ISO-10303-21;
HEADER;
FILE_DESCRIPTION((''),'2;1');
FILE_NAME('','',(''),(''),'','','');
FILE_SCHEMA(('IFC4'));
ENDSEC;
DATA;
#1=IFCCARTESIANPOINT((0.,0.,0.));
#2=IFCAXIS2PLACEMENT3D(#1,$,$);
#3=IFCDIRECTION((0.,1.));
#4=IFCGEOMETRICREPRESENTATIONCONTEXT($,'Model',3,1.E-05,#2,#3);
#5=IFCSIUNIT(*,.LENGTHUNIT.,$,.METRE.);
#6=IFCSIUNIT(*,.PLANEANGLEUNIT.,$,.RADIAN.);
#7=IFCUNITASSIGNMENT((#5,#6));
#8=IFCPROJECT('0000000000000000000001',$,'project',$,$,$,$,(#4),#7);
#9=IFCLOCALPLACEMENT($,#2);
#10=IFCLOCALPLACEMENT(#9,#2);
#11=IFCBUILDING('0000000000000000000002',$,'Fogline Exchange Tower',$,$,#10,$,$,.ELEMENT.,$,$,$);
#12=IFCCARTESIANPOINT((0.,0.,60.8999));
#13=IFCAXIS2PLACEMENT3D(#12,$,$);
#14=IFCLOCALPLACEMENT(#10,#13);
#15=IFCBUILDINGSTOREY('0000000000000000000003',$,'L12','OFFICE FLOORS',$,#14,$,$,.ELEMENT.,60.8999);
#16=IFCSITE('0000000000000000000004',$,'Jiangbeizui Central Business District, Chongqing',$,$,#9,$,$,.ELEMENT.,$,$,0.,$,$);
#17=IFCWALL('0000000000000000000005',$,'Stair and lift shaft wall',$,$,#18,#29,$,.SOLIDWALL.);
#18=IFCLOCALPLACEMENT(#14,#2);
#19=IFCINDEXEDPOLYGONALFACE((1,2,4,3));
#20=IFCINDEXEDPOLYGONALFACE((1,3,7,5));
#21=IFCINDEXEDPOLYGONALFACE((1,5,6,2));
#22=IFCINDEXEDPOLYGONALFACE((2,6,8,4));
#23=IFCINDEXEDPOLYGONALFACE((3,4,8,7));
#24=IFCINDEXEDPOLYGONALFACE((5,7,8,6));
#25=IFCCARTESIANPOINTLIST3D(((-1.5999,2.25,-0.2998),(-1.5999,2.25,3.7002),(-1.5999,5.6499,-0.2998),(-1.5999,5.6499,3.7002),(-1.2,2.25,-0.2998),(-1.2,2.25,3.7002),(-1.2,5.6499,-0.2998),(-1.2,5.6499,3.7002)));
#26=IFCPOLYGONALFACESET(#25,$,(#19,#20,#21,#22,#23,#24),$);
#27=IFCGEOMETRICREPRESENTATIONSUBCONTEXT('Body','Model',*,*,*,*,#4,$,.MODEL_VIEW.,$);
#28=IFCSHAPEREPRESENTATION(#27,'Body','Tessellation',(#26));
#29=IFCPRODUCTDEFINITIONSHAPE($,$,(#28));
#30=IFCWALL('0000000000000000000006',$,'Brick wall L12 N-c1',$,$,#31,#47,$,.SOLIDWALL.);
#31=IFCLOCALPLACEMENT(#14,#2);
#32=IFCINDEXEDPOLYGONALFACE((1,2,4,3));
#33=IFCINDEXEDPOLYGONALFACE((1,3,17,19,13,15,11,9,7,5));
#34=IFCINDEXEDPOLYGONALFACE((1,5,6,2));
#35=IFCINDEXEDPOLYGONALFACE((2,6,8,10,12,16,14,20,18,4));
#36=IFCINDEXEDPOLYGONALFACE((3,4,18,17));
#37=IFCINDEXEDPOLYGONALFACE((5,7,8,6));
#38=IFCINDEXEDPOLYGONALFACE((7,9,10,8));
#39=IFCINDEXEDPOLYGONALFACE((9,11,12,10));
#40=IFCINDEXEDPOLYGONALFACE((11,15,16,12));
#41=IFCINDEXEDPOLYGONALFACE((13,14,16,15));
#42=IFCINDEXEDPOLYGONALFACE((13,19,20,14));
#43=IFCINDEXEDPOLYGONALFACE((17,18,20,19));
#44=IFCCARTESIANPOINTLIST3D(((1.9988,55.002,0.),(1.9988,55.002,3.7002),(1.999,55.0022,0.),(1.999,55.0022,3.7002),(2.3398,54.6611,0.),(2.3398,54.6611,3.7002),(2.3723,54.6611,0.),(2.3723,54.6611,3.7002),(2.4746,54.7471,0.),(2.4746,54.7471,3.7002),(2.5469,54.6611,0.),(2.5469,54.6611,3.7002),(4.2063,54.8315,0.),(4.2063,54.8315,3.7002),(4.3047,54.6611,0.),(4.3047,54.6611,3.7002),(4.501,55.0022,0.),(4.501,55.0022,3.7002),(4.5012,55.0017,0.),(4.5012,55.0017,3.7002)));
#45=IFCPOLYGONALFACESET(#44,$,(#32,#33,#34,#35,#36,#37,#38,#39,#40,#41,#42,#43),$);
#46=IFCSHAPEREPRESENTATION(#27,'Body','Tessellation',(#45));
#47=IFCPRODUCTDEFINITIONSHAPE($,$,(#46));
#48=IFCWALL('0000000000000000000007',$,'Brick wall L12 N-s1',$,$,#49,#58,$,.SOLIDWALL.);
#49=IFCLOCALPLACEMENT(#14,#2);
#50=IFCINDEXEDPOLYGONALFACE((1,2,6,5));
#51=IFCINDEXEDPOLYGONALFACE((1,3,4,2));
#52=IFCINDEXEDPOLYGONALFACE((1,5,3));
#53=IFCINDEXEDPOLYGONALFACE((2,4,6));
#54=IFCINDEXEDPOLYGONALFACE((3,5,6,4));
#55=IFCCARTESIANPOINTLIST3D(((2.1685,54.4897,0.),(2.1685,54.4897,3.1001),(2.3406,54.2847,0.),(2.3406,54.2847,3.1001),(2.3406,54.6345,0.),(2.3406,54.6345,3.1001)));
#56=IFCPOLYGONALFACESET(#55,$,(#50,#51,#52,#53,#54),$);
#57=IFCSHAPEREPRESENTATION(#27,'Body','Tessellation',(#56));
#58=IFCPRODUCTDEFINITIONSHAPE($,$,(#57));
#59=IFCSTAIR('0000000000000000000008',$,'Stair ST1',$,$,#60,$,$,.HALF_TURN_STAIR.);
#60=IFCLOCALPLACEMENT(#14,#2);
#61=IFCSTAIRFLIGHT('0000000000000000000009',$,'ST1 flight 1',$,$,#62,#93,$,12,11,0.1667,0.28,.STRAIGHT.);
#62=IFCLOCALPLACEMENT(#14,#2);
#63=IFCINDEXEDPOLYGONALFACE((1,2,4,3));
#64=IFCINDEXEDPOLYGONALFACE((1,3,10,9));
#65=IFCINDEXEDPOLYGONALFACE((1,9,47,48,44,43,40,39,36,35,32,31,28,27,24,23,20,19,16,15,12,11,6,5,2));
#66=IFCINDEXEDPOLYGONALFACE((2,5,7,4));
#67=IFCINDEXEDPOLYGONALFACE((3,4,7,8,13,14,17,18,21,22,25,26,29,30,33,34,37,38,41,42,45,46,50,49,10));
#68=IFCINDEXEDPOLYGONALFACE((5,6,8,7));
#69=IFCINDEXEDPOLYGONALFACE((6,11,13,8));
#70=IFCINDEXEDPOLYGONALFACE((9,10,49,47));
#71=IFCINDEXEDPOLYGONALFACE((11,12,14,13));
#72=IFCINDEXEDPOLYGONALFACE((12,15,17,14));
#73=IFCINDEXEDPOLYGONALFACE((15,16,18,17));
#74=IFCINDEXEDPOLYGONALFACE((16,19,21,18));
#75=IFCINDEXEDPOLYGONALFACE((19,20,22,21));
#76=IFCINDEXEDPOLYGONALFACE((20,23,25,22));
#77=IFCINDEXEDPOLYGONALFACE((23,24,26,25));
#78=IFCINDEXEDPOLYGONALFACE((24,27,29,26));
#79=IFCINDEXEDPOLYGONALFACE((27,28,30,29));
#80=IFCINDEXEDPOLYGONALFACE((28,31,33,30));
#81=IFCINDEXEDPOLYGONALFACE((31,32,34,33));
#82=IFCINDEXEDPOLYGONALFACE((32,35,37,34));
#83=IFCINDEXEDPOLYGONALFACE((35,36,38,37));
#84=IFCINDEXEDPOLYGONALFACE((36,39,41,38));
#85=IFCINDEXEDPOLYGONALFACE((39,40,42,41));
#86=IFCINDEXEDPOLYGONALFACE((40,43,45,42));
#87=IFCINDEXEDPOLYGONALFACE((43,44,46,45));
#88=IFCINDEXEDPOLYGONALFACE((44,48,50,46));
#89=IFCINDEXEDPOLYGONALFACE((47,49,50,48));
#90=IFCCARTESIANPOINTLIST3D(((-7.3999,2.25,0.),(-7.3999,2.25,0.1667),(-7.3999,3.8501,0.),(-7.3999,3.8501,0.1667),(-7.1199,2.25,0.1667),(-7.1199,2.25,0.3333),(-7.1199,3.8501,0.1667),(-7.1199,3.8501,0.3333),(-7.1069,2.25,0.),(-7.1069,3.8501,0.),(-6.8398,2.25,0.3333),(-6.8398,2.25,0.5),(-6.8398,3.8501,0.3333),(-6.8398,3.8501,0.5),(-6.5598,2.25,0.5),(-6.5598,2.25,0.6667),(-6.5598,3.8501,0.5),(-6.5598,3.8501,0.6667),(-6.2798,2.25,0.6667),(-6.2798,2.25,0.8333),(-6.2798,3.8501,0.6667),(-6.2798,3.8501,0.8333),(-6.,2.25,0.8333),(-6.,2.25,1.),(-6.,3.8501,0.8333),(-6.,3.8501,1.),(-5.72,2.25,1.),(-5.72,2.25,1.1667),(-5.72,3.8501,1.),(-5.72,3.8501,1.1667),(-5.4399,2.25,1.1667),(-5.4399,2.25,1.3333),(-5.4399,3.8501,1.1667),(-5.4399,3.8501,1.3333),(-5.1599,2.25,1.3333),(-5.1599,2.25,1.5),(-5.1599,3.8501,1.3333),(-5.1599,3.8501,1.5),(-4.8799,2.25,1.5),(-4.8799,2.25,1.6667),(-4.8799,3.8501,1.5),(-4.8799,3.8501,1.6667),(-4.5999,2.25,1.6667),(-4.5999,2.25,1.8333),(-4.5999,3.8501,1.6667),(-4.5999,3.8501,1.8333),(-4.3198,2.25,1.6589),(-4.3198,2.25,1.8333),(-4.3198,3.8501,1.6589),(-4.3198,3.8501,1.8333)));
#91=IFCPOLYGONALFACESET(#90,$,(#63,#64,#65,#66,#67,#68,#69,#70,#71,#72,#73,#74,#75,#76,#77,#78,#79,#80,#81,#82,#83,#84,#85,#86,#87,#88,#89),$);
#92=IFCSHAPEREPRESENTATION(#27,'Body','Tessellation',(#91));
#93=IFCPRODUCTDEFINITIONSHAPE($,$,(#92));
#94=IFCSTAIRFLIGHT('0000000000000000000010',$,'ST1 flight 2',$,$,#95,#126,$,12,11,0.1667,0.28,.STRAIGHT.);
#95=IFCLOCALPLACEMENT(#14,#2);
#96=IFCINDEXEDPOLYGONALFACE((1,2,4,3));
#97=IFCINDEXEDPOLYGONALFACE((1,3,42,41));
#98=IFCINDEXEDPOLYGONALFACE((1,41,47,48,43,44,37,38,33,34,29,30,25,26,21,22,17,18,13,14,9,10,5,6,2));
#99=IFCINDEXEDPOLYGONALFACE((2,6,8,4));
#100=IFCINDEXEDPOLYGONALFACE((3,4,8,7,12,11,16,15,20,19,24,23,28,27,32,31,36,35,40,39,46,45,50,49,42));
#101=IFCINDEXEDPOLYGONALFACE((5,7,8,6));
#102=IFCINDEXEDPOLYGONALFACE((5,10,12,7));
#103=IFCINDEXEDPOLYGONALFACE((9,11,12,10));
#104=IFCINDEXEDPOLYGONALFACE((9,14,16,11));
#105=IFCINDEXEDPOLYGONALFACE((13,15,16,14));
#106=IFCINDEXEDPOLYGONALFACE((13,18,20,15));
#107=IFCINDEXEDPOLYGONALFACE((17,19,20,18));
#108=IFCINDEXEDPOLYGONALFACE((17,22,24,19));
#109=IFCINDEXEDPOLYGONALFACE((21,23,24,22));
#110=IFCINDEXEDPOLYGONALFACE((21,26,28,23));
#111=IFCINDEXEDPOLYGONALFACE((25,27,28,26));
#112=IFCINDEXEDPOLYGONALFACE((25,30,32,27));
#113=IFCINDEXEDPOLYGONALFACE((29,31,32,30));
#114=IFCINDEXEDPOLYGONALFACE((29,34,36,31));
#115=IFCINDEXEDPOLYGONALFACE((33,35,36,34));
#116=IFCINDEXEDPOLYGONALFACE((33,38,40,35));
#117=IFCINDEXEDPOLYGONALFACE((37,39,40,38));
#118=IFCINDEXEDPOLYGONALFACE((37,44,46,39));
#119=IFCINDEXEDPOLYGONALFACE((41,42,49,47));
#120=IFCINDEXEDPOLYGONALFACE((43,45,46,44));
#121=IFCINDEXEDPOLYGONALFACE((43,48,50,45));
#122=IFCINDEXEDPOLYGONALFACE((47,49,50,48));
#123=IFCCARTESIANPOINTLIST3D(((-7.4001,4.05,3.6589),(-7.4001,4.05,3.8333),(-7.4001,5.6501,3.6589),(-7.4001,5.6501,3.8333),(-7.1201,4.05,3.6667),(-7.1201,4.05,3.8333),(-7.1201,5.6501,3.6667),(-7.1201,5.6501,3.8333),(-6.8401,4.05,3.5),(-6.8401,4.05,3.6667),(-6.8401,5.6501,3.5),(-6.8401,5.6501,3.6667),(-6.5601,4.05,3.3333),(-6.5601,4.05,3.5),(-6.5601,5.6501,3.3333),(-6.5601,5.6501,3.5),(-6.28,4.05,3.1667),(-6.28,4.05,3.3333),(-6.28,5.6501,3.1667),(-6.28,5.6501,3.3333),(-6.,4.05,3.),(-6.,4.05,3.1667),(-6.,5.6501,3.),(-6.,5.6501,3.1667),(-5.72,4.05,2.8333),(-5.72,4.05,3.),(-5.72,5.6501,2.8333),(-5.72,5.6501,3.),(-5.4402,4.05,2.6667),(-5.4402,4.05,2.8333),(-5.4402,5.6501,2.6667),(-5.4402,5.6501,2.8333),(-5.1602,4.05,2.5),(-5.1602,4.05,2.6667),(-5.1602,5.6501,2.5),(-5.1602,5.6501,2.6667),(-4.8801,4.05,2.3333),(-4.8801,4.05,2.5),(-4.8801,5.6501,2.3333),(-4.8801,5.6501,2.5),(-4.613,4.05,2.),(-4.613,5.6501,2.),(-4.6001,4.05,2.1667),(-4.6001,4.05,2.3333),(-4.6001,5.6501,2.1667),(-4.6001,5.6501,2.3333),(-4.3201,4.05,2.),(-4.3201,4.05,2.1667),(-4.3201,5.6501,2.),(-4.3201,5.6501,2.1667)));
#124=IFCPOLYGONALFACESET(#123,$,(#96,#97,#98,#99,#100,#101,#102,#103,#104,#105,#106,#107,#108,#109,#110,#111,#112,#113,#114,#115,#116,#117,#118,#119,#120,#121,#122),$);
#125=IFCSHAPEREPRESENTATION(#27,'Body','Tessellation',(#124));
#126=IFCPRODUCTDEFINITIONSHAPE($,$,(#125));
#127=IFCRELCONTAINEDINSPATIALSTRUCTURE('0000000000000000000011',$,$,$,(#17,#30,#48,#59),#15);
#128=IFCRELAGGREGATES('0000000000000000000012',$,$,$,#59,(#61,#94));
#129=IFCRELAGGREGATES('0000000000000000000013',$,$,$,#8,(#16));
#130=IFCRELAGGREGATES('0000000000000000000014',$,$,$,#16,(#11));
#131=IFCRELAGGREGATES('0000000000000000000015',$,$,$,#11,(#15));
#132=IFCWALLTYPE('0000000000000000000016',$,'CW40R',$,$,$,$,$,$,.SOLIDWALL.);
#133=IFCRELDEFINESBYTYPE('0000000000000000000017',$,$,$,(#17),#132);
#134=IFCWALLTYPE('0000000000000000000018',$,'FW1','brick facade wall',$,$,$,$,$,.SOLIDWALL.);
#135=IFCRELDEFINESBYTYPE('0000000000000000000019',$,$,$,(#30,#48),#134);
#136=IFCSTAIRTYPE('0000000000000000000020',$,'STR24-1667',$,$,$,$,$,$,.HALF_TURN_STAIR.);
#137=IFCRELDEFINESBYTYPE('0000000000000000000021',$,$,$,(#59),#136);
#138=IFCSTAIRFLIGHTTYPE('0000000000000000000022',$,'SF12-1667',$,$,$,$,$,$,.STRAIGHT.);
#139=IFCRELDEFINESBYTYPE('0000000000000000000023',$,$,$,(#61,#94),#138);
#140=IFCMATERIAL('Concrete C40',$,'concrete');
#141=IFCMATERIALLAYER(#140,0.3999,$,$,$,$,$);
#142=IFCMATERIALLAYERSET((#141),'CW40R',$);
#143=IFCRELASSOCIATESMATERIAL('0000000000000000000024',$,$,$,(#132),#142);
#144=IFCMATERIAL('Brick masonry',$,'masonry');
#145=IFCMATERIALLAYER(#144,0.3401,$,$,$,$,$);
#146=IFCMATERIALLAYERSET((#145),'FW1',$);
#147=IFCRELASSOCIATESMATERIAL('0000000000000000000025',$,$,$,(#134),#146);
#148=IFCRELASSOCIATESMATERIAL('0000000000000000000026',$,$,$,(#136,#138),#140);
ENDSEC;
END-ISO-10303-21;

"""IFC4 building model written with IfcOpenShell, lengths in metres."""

from ifc_helpers import new_model, si_unit, direction, frame, frame_2d, origin, place, context, subcontext, project, spatial, polyline, rectangle, outline, extrude, material, layer, layer_set, type_object, element, aggregate, save


model = new_model("IFC4")

# Units and contexts
model_context = context("Model", 3, precision=1e-05, world=origin(), true_north=direction((0.0, 1.0)))
body_context = subcontext(model_context, "Body", "Model", "MODEL_VIEW")
ifc_project = project(units=[si_unit("LENGTHUNIT", "METRE"), si_unit("PLANEANGLEUNIT", "RADIAN")], contexts=[model_context])

# Site, building, storey
site_placement = place(None, origin())
site = spatial("IfcSite", under=ifc_project, at=site_placement, Name="Jiangbeizui Central Business District, Chongqing", CompositionType="ELEMENT", RefElevation=0.0)
building_placement = place(site_placement, origin())
building = spatial("IfcBuilding", under=site, at=building_placement, Name="Fogline Exchange Tower", CompositionType="ELEMENT")
storey_placement = place(building_placement, frame((0.0, 0.0, 60.8999)))
storey = spatial("IfcBuildingStorey", under=building, at=storey_placement, Name="L12", Description="OFFICE FLOORS", CompositionType="ELEMENT", Elevation=60.8999)

# Shared definitions
ifc_material_1 = material(Name="Concrete C40", Category="concrete")

# Walls
ifc_layer_1 = layer(ifc_material_1, 0.3999)
ifc_layer_set_1 = layer_set([ifc_layer_1], Name="CW40R")
wall_type_1 = type_object("IfcWallType", Name="CW40R", PredefinedType="SOLIDWALL", material=ifc_layer_set_1)
wall_1_placement = place(storey_placement, frame((-1.3999, 2.25, -0.2998), z_axis=(0.0, 0.0, 1.0), x_axis=(0.0, 1.0, 0.0)))
element("IfcWall", 1, at=wall_1_placement, inside=storey, type_object=wall_type_1, Name="Stair and lift shaft wall", PredefinedType="SOLIDWALL", context=body_context, shape_type="SweptSolid", body=[
    extrude(rectangle(XDim=3.3999, YDim=0.3999, at=frame_2d((1.7, 0.0))), origin(), (0.0, 0.0, 1.0), 4.0),
])
ifc_material_2 = material(Name="Brick masonry", Category="masonry")
ifc_layer_2 = layer(ifc_material_2, 0.3401)
ifc_layer_set_2 = layer_set([ifc_layer_2], Name="FW1")
wall_type_2 = type_object("IfcWallType", Name="FW1", Description="brick facade wall", PredefinedType="SOLIDWALL", material=ifc_layer_set_2)
wall_2_placement = place(storey_placement, origin())
element("IfcWall", 2, at=wall_2_placement, inside=storey, type_object=wall_type_2, Name="Brick wall L12 N-c1", PredefinedType="SOLIDWALL", context=body_context, shape_type="SweptSolid", body=[
    extrude(outline(polyline([(4.501, 55.0022), (4.5012, 55.0017), (4.2063, 54.8315), (4.3047, 54.6611), (2.5469, 54.6611), (2.4746, 54.7471), (2.3723, 54.6611), (2.3398, 54.6611), (1.9988, 55.002), (1.999, 55.0022), (4.501, 55.0022)])), origin(), (0.0, 0.0, 1.0), 3.7002),
])
wall_3_placement = place(storey_placement, origin())
element("IfcWall", 3, at=wall_3_placement, inside=storey, type_object=wall_type_2, Name="Brick wall L12 N-s1", PredefinedType="SOLIDWALL", context=body_context, shape_type="SweptSolid", body=[
    extrude(outline(polyline([(2.3406, 54.2847), (2.1685, 54.4897), (2.3406, 54.6345), (2.3406, 54.2847)])), origin(), (0.0, 0.0, 1.0), 3.1001),
])

# Stair, stair flights
stair_type = type_object("IfcStairType", Name="STR24-1667", PredefinedType="HALF_TURN_STAIR", material=ifc_material_1)
stair_placement = place(storey_placement, origin())
stair = element("IfcStair", 4, at=stair_placement, inside=storey, type_object=stair_type, Name="Stair ST1", PredefinedType="HALF_TURN_STAIR")
stair_flight_type = type_object("IfcStairFlightType", Name="SF12-1667", PredefinedType="STRAIGHT", material=ifc_material_1)
stair_flight_1_placement = place(storey_placement, frame((-7.3999, 3.05, 0.0), z_axis=(0.0, 0.0, 1.0), x_axis=(1.0, 0.0, 0.0)))
stair_flight_1 = element("IfcStairFlight", 5, at=stair_flight_1_placement, type_object=stair_flight_type, Name="ST1 flight 1", NumberOfRisers=12, NumberOfTreads=11, PredefinedType="STRAIGHT", RiserHeight=0.1667, TreadLength=0.28, context=body_context, shape_type="SweptSolid", body=[
    extrude(outline(polyline([(0.0, 0.0), (0.0, 0.1667), (0.28, 0.1667), (0.28, 0.3333), (0.5601, 0.3333), (0.5601, 0.5), (0.8401, 0.5), (0.8401, 0.6667), (1.1201, 0.6667), (1.1201, 0.8333), (1.3999, 0.8333), (1.3999, 1.0), (1.6799, 1.0), (1.6799, 1.1667), (1.96, 1.1667), (1.96, 1.3333), (2.24, 1.3333), (2.24, 1.5), (2.52, 1.5), (2.52, 1.6667), (2.8, 1.6667), (2.8, 1.8333), (3.0801, 1.8333), (3.0801, 2.0), (3.0801, 1.6589), (0.293, 0.0), (0.0, 0.0)])), frame((0.0, 0.8, 0.0), z_axis=(0.0, -1.0, 0.0), x_axis=(1.0, 0.0, 0.0)), (0.0, 0.0, 1.0), 1.6001),
])
stair_flight_2_placement = place(storey_placement, frame((-4.3201, 4.8501, 2.0), z_axis=(0.0, 0.0, 1.0), x_axis=(-1.0, 0.0, 0.0)))
stair_flight_2 = element("IfcStairFlight", 6, at=stair_flight_2_placement, type_object=stair_flight_type, Name="ST1 flight 2", NumberOfRisers=12, NumberOfTreads=11, PredefinedType="STRAIGHT", RiserHeight=0.1667, TreadLength=0.28, context=body_context, shape_type="SweptSolid", body=[
    extrude(outline(polyline([(0.0, 0.0), (0.0, 0.1667), (0.28, 0.1667), (0.28, 0.3333), (0.5601, 0.3333), (0.5601, 0.5), (0.8401, 0.5), (0.8401, 0.6667), (1.1201, 0.6667), (1.1201, 0.8333), (1.3999, 0.8333), (1.3999, 1.0), (1.6799, 1.0), (1.6799, 1.1667), (1.96, 1.1667), (1.96, 1.3333), (2.24, 1.3333), (2.24, 1.5), (2.52, 1.5), (2.52, 1.6667), (2.8, 1.6667), (2.8, 1.8333), (3.0801, 1.8333), (3.0801, 2.0), (3.0801, 1.6589), (0.293, 0.0), (0.0, 0.0)])), frame((0.0, 0.8, 0.0), z_axis=(0.0, -1.0, 0.0), x_axis=(1.0, 0.0, 0.0)), (0.0, 0.0, 1.0), 1.6001),
])
aggregate(stair, [stair_flight_1, stair_flight_2])

save(model, "model.ifc")
